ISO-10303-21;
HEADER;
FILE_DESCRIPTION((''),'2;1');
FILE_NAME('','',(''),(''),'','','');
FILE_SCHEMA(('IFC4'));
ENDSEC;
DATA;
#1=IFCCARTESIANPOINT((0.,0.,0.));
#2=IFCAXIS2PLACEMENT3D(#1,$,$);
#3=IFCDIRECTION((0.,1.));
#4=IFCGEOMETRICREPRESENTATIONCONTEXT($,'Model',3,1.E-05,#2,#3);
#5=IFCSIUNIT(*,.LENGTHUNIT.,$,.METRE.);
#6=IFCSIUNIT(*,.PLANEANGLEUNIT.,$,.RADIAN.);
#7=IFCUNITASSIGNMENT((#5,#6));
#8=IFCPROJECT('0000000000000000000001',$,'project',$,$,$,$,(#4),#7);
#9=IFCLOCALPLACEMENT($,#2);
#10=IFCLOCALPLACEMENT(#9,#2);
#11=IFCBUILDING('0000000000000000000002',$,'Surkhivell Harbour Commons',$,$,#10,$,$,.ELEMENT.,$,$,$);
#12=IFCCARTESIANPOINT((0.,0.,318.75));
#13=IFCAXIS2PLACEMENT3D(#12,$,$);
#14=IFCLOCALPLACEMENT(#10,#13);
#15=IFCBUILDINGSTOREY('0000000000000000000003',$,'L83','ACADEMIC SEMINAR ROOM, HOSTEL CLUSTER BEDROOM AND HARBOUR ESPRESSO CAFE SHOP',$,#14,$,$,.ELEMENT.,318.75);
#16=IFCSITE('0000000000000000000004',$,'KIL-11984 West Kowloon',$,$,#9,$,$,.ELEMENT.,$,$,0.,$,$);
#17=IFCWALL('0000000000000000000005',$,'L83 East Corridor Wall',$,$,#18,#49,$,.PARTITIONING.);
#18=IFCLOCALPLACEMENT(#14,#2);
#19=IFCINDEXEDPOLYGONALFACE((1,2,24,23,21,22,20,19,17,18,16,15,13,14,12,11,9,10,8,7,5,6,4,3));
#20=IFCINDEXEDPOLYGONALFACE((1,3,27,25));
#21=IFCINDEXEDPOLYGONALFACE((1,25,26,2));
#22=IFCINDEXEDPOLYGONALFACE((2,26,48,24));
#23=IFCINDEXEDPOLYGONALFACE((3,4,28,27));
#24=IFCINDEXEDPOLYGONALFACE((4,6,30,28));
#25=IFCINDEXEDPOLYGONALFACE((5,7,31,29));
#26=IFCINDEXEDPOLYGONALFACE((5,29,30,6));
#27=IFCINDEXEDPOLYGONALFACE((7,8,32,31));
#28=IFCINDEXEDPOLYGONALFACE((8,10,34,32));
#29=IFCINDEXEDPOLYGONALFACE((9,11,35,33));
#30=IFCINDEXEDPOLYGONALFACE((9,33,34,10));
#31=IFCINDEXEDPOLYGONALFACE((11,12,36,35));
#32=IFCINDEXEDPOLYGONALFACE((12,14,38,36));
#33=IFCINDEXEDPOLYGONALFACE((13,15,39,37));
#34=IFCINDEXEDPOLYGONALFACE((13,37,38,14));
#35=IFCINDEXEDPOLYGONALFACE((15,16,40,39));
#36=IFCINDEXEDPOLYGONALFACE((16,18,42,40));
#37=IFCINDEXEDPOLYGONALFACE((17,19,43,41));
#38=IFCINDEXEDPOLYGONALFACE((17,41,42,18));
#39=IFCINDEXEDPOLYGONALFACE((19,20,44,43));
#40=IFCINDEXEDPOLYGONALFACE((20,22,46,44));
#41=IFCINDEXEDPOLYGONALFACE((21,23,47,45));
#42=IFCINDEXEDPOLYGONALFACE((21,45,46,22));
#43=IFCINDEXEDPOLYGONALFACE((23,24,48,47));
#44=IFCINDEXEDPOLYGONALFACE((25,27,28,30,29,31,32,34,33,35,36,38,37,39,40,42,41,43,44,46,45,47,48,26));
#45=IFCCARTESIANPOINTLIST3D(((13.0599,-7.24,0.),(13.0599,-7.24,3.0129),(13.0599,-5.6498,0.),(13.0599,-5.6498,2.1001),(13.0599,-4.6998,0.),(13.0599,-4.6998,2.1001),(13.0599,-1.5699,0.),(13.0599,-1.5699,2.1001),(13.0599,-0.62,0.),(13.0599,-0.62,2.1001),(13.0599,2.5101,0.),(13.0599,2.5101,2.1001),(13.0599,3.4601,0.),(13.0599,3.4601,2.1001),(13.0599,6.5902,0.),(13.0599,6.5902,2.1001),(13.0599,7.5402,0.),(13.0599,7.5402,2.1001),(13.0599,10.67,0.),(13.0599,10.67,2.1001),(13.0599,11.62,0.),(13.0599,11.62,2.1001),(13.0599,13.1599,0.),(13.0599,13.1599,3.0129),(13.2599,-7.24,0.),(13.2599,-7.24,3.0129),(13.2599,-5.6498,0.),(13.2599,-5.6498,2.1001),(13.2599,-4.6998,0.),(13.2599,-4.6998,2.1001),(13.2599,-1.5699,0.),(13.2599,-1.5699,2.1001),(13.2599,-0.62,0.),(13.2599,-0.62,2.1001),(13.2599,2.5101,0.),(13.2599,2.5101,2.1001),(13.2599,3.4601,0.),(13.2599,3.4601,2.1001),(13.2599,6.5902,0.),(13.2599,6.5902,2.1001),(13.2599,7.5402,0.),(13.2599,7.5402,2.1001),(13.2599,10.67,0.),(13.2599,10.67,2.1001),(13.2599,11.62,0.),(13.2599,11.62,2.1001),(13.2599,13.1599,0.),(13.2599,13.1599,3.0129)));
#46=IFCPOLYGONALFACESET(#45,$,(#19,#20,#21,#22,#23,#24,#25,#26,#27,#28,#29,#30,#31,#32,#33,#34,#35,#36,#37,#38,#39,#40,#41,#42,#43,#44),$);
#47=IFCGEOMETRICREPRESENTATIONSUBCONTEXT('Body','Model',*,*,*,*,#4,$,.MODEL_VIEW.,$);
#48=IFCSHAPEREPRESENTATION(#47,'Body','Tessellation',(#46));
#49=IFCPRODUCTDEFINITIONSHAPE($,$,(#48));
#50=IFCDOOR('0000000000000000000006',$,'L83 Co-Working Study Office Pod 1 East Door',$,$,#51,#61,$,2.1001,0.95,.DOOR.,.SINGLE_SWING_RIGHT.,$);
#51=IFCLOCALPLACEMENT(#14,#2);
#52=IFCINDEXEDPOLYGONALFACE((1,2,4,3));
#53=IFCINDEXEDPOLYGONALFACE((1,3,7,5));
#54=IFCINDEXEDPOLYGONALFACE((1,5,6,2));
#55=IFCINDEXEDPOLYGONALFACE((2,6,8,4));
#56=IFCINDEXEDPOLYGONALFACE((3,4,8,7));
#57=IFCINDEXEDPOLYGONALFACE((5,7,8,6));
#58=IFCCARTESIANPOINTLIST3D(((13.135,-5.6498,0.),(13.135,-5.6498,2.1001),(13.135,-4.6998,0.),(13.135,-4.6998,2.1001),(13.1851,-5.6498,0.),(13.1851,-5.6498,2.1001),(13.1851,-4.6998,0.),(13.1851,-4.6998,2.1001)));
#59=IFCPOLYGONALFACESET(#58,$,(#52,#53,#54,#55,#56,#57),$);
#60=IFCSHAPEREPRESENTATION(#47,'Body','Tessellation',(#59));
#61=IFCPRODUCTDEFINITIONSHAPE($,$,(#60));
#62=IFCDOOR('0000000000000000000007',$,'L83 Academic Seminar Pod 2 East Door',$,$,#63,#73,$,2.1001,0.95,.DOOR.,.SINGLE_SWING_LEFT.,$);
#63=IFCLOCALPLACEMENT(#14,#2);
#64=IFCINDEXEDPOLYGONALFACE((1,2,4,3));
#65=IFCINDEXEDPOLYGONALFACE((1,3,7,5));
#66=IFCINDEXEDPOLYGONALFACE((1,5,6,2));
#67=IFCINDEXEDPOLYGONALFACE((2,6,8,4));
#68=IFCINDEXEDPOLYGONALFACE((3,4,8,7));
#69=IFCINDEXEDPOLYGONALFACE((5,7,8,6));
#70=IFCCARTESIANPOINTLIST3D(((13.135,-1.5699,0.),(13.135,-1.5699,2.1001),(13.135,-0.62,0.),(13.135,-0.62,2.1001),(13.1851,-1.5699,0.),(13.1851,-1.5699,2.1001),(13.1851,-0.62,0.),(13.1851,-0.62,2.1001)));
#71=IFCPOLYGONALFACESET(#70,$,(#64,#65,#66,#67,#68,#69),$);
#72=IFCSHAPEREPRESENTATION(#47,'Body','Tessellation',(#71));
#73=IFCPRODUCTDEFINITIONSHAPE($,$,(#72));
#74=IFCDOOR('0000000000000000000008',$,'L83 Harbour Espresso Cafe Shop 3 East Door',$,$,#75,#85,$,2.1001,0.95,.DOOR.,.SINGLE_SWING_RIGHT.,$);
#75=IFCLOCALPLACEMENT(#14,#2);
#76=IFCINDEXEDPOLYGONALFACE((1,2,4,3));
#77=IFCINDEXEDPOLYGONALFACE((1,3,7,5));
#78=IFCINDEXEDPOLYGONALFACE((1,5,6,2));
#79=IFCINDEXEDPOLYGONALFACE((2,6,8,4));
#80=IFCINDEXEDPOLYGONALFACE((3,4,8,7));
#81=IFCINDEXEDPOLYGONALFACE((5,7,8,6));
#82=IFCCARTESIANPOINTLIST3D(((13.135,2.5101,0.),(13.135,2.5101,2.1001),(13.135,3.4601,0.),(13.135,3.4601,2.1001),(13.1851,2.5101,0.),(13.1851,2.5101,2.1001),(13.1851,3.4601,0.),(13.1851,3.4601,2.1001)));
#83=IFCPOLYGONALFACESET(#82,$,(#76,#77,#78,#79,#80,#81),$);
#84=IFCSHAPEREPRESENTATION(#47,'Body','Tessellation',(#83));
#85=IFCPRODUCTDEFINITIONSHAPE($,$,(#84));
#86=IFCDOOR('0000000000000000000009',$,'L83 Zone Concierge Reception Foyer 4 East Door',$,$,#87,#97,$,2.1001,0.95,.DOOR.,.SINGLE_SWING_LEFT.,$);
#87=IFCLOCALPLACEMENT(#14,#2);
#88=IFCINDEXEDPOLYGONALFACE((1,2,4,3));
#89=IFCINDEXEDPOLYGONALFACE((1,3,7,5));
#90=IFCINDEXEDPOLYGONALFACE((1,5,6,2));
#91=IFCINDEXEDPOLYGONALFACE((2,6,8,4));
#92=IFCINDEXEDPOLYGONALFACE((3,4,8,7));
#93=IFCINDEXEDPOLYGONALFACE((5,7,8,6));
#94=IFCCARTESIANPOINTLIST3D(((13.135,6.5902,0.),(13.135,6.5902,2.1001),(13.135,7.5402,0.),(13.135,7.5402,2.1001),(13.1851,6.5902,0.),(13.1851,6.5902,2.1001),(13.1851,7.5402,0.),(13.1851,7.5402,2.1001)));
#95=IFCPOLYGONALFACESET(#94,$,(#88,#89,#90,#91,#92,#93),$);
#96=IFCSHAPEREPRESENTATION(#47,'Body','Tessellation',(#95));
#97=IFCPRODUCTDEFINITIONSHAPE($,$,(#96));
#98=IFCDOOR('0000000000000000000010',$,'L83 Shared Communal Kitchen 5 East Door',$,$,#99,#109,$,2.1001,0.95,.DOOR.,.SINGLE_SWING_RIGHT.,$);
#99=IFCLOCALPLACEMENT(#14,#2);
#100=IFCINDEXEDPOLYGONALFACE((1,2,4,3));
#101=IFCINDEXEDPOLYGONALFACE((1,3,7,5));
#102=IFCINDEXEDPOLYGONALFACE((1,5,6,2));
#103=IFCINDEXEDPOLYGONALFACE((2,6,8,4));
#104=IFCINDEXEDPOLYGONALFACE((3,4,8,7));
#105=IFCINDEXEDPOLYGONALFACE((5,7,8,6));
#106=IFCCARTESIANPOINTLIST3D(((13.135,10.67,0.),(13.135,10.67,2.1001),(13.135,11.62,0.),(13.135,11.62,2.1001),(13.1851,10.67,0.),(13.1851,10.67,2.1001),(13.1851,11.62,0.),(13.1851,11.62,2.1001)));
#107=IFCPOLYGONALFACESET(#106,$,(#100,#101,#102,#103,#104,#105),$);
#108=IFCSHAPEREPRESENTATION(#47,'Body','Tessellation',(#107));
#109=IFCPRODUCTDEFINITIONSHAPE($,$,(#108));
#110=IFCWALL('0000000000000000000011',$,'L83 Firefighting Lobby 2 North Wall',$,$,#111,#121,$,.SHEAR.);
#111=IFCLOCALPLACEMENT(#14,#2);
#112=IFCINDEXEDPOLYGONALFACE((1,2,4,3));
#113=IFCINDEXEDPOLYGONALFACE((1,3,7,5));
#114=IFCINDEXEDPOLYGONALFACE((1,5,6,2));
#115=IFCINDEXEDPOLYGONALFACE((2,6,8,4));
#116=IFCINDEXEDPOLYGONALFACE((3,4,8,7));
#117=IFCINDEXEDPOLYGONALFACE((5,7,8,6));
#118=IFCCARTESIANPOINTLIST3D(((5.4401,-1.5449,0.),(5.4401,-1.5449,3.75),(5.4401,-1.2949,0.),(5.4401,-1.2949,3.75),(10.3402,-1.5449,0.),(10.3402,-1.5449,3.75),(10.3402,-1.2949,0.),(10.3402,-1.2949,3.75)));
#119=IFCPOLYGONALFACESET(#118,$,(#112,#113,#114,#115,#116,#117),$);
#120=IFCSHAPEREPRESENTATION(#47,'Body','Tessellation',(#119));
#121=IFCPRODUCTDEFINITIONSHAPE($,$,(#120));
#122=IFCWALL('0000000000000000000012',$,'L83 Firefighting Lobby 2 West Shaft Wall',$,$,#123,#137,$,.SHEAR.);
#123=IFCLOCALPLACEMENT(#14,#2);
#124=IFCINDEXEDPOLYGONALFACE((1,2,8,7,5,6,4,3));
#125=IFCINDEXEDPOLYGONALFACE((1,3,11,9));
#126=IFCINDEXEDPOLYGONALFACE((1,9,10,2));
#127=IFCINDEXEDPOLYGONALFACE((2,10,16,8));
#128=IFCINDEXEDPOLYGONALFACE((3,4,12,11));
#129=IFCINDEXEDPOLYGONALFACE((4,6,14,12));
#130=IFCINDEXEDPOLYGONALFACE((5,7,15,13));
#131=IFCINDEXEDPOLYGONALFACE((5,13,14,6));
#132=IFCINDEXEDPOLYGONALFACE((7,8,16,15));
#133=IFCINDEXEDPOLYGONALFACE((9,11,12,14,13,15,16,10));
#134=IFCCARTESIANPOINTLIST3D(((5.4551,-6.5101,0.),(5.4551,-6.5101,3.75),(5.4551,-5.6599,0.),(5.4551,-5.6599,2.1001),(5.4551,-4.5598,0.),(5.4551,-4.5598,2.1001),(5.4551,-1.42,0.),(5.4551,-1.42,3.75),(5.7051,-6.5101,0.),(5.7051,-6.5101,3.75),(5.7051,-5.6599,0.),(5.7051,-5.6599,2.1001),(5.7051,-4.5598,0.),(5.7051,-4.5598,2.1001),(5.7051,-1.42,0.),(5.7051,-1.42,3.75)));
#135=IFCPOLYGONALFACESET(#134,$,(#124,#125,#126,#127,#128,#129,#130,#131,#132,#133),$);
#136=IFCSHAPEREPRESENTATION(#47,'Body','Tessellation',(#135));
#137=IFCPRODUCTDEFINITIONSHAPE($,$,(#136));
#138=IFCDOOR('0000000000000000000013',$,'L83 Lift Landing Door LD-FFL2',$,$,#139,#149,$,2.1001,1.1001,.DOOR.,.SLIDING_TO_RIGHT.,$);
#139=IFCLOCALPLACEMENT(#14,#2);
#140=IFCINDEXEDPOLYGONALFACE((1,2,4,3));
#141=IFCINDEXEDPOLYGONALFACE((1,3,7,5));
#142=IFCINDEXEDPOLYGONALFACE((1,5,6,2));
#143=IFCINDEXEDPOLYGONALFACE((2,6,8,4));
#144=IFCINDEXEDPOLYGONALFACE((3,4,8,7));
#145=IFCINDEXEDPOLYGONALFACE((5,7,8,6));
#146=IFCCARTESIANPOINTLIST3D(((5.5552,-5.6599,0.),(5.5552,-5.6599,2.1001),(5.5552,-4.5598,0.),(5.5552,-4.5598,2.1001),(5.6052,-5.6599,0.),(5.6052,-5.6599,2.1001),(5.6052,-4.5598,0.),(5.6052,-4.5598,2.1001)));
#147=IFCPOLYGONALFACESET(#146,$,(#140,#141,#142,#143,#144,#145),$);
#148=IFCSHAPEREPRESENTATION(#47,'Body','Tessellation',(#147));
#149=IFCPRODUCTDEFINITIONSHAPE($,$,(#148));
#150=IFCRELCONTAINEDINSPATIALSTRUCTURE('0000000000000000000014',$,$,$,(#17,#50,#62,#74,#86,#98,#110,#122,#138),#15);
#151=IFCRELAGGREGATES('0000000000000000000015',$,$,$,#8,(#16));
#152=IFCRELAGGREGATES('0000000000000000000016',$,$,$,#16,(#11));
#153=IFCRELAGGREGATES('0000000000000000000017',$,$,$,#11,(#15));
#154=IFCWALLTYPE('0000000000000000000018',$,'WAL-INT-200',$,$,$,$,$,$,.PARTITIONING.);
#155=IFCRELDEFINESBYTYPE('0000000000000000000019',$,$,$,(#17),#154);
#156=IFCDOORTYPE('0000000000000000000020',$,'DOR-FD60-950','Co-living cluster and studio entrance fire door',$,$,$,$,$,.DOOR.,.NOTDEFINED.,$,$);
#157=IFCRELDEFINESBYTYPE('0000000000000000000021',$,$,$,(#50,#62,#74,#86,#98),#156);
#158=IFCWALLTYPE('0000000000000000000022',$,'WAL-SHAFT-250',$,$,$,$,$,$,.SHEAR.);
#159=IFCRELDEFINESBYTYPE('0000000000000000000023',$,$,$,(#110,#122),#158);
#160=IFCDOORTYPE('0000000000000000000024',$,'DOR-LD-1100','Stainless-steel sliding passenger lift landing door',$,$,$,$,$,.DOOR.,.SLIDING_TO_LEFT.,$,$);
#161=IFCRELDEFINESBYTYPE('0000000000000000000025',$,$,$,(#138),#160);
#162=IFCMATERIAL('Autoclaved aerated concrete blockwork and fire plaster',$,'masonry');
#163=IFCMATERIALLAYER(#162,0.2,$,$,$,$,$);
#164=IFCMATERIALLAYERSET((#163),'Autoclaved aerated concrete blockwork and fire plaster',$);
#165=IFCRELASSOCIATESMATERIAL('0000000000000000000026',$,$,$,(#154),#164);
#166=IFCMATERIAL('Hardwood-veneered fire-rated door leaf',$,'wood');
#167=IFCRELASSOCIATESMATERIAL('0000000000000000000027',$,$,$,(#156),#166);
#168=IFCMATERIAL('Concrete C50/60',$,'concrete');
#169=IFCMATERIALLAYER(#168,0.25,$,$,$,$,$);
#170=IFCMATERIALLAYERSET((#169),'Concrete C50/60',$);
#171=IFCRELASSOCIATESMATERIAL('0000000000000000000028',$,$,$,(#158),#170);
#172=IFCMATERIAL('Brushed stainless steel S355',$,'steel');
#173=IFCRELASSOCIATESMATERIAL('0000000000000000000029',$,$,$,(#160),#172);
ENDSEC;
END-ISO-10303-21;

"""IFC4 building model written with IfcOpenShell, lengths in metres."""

from ifc_helpers import new_model, si_unit, direction, frame, frame_2d, origin, place, context, subcontext, project, spatial, rectangle, extrude, material, layer, layer_set, type_object, element, fill, save


model = new_model("IFC4")

# Units and contexts
model_context = context("Model", 3, precision=1e-05, world=origin(), true_north=direction((0.0, 1.0)))
body_context = subcontext(model_context, "Body", "Model", "MODEL_VIEW")
ifc_project = project(units=[si_unit("LENGTHUNIT", "METRE"), si_unit("PLANEANGLEUNIT", "RADIAN")], contexts=[model_context])

# Site, building, storey
site_placement = place(None, origin())
site = spatial("IfcSite", under=ifc_project, at=site_placement, Name="KIL-11984 West Kowloon", CompositionType="ELEMENT", RefElevation=0.0)
building_placement = place(site_placement, origin())
building = spatial("IfcBuilding", under=site, at=building_placement, Name="Surkhivell Harbour Commons", CompositionType="ELEMENT")
storey_placement = place(building_placement, frame((0.0, 0.0, 318.75)))
storey = spatial("IfcBuildingStorey", under=building, at=storey_placement, Name="L83", Description="ACADEMIC SEMINAR ROOM, HOSTEL CLUSTER BEDROOM AND HARBOUR ESPRESSO CAFE SHOP", CompositionType="ELEMENT", Elevation=318.75)

# Shared definitions
ifc_material_1 = material(Name="Concrete C50/60", Category="concrete")
ifc_material_2 = material(Name="Hardwood-veneered fire-rated door leaf", Category="wood")

# Wall, openings, doors
ifc_material_3 = material(Name="Autoclaved aerated concrete blockwork and fire plaster", Category="masonry")
ifc_layer_1 = layer(ifc_material_3, 0.2)
ifc_layer_set_1 = layer_set([ifc_layer_1], Name="Autoclaved aerated concrete blockwork and fire plaster")
wall_type_1 = type_object("IfcWallType", Name="WAL-INT-200", PredefinedType="PARTITIONING", material=ifc_layer_set_1)
wall_1_placement = place(storey_placement, frame((13.1599, -7.24, 0.0), z_axis=(0.0, 0.0, 1.0), x_axis=(0.0, 1.0, 0.0)))
wall_1 = element("IfcWall", 1, at=wall_1_placement, inside=storey, type_object=wall_type_1, Name="L83 East Corridor Wall", PredefinedType="PARTITIONING", context=body_context, shape_type="SweptSolid", body=[
    extrude(rectangle(XDim=20.3999, YDim=0.2, at=frame_2d((10.2, 0.0))), origin(), (0.0, 0.0, 1.0), 3.0129),
])
opening_1_placement = place(wall_1_placement, frame((1.5901, 0.0, 0.0)))
opening_1 = element("IfcOpeningElement", 2, at=opening_1_placement, cuts=wall_1, PredefinedType="OPENING", context=body_context, shape_type="SweptSolid", body=[
    extrude(rectangle(XDim=0.95, YDim=2.1001, at=frame_2d((0.4751, 1.05))), frame((0.0, 0.1099, 0.0), z_axis=(0.0, -1.0, 0.0), x_axis=(1.0, 0.0, 0.0)), (0.0, 0.0, 1.0), 0.22),
])
opening_2_placement = place(wall_1_placement, frame((5.6699, 0.0, 0.0)))
opening_2 = element("IfcOpeningElement", 3, at=opening_2_placement, cuts=wall_1, PredefinedType="OPENING", context=body_context, shape_type="SweptSolid", body=[
    extrude(rectangle(XDim=0.95, YDim=2.1001, at=frame_2d((0.4751, 1.05))), frame((0.0, 0.1099, 0.0), z_axis=(0.0, -1.0, 0.0), x_axis=(1.0, 0.0, 0.0)), (0.0, 0.0, 1.0), 0.22),
])
opening_3_placement = place(wall_1_placement, frame((9.75, 0.0, 0.0)))
opening_3 = element("IfcOpeningElement", 4, at=opening_3_placement, cuts=wall_1, PredefinedType="OPENING", context=body_context, shape_type="SweptSolid", body=[
    extrude(rectangle(XDim=0.95, YDim=2.1001, at=frame_2d((0.4751, 1.05))), frame((0.0, 0.1099, 0.0), z_axis=(0.0, -1.0, 0.0), x_axis=(1.0, 0.0, 0.0)), (0.0, 0.0, 1.0), 0.22),
])
opening_4_placement = place(wall_1_placement, frame((13.8301, 0.0, 0.0)))
opening_4 = element("IfcOpeningElement", 5, at=opening_4_placement, cuts=wall_1, PredefinedType="OPENING", context=body_context, shape_type="SweptSolid", body=[
    extrude(rectangle(XDim=0.95, YDim=2.1001, at=frame_2d((0.4751, 1.05))), frame((0.0, 0.1099, 0.0), z_axis=(0.0, -1.0, 0.0), x_axis=(1.0, 0.0, 0.0)), (0.0, 0.0, 1.0), 0.22),
])
opening_5_placement = place(wall_1_placement, frame((17.9099, 0.0, 0.0)))
opening_5 = element("IfcOpeningElement", 6, at=opening_5_placement, cuts=wall_1, PredefinedType="OPENING", context=body_context, shape_type="SweptSolid", body=[
    extrude(rectangle(XDim=0.95, YDim=2.1001, at=frame_2d((0.4751, 1.05))), frame((0.0, 0.1099, 0.0), z_axis=(0.0, -1.0, 0.0), x_axis=(1.0, 0.0, 0.0)), (0.0, 0.0, 1.0), 0.22),
])
door_type_1 = type_object("IfcDoorType", Name="DOR-FD60-950", Description="Co-living cluster and studio entrance fire door", OperationType="NOTDEFINED", PredefinedType="DOOR", material=ifc_material_2)
door_1_placement = place(opening_1_placement, origin())
door_1 = element("IfcDoor", 7, at=door_1_placement, inside=storey, type_object=door_type_1, Name="L83 Co-Working Study Office Pod 1 East Door", OperationType="SINGLE_SWING_RIGHT", OverallHeight=2.1001, OverallWidth=0.95, PredefinedType="DOOR", context=body_context, shape_type="SweptSolid", body=[
    extrude(rectangle(XDim=0.95, YDim=2.1001, at=frame_2d((0.4751, 1.05))), frame((0.0, 0.0249, 0.0), z_axis=(0.0, -1.0, 0.0), x_axis=(1.0, 0.0, 0.0)), (0.0, 0.0, 1.0), 0.05),
])
fill(opening_1, door_1)
door_2_placement = place(opening_2_placement, origin())
door_2 = element("IfcDoor", 8, at=door_2_placement, inside=storey, type_object=door_type_1, Name="L83 Academic Seminar Pod 2 East Door", OperationType="SINGLE_SWING_LEFT", OverallHeight=2.1001, OverallWidth=0.95, PredefinedType="DOOR", context=body_context, shape_type="SweptSolid", body=[
    extrude(rectangle(XDim=0.95, YDim=2.1001, at=frame_2d((0.4751, 1.05))), frame((0.0, 0.0249, 0.0), z_axis=(0.0, -1.0, 0.0), x_axis=(1.0, 0.0, 0.0)), (0.0, 0.0, 1.0), 0.05),
])
fill(opening_2, door_2)
door_3_placement = place(opening_3_placement, origin())
door_3 = element("IfcDoor", 9, at=door_3_placement, inside=storey, type_object=door_type_1, Name="L83 Harbour Espresso Cafe Shop 3 East Door", OperationType="SINGLE_SWING_RIGHT", OverallHeight=2.1001, OverallWidth=0.95, PredefinedType="DOOR", context=body_context, shape_type="SweptSolid", body=[
    extrude(rectangle(XDim=0.95, YDim=2.1001, at=frame_2d((0.4751, 1.05))), frame((0.0, 0.0249, 0.0), z_axis=(0.0, -1.0, 0.0), x_axis=(1.0, 0.0, 0.0)), (0.0, 0.0, 1.0), 0.05),
])
fill(opening_3, door_3)
door_4_placement = place(opening_4_placement, origin())
door_4 = element("IfcDoor", 10, at=door_4_placement, inside=storey, type_object=door_type_1, Name="L83 Zone Concierge Reception Foyer 4 East Door", OperationType="SINGLE_SWING_LEFT", OverallHeight=2.1001, OverallWidth=0.95, PredefinedType="DOOR", context=body_context, shape_type="SweptSolid", body=[
    extrude(rectangle(XDim=0.95, YDim=2.1001, at=frame_2d((0.4751, 1.05))), frame((0.0, 0.0249, 0.0), z_axis=(0.0, -1.0, 0.0), x_axis=(1.0, 0.0, 0.0)), (0.0, 0.0, 1.0), 0.05),
])
fill(opening_4, door_4)
door_5_placement = place(opening_5_placement, origin())
door_5 = element("IfcDoor", 11, at=door_5_placement, inside=storey, type_object=door_type_1, Name="L83 Shared Communal Kitchen 5 East Door", OperationType="SINGLE_SWING_RIGHT", OverallHeight=2.1001, OverallWidth=0.95, PredefinedType="DOOR", context=body_context, shape_type="SweptSolid", body=[
    extrude(rectangle(XDim=0.95, YDim=2.1001, at=frame_2d((0.4751, 1.05))), frame((0.0, 0.0249, 0.0), z_axis=(0.0, -1.0, 0.0), x_axis=(1.0, 0.0, 0.0)), (0.0, 0.0, 1.0), 0.05),
])
fill(opening_5, door_5)

# Wall
ifc_layer_2 = layer(ifc_material_1, 0.25)
ifc_layer_set_2 = layer_set([ifc_layer_2], Name="Concrete C50/60")
wall_type_2 = type_object("IfcWallType", Name="WAL-SHAFT-250", PredefinedType="SHEAR", material=ifc_layer_set_2)
wall_2_placement = place(storey_placement, frame((5.4399, -1.4199, 0.0), z_axis=(0.0, 0.0, 1.0), x_axis=(1.0, 0.0, 0.0)))
element("IfcWall", 12, at=wall_2_placement, inside=storey, type_object=wall_type_2, Name="L83 Firefighting Lobby 2 North Wall", PredefinedType="SHEAR", context=body_context, shape_type="SweptSolid", body=[
    extrude(rectangle(XDim=4.9001, YDim=0.25, at=frame_2d((2.4502, 0.0))), origin(), (0.0, 0.0, 1.0), 3.75),
])

# Wall, opening, door
wall_3_placement = place(storey_placement, frame((5.5801, -6.51, 0.0), z_axis=(0.0, 0.0, 1.0), x_axis=(0.0, 1.0, 0.0)))
wall_3 = element("IfcWall", 13, at=wall_3_placement, inside=storey, type_object=wall_type_2, Name="L83 Firefighting Lobby 2 West Shaft Wall", PredefinedType="SHEAR", context=body_context, shape_type="SweptSolid", body=[
    extrude(rectangle(XDim=5.0901, YDim=0.25, at=frame_2d((2.5449, 0.0))), origin(), (0.0, 0.0, 1.0), 3.75),
])
opening_6_placement = place(wall_3_placement, frame((0.8501, 0.0, 0.0)))
opening_6 = element("IfcOpeningElement", 14, at=opening_6_placement, cuts=wall_3, PredefinedType="OPENING", context=body_context, shape_type="SweptSolid", body=[
    extrude(rectangle(XDim=1.1001, YDim=2.1001, at=frame_2d((0.55, 1.05))), frame((0.0, 0.135, 0.0), z_axis=(0.0, -1.0, 0.0), x_axis=(1.0, 0.0, 0.0)), (0.0, 0.0, 1.0), 0.27),
])
ifc_material_4 = material(Name="Brushed stainless steel S355", Category="steel")
door_type_2 = type_object("IfcDoorType", Name="DOR-LD-1100", Description="Stainless-steel sliding passenger lift landing door", OperationType="SLIDING_TO_LEFT", PredefinedType="DOOR", material=ifc_material_4)
door_6_placement = place(opening_6_placement, origin())
door_6 = element("IfcDoor", 15, at=door_6_placement, inside=storey, type_object=door_type_2, Name="L83 Lift Landing Door LD-FFL2", OperationType="SLIDING_TO_RIGHT", OverallHeight=2.1001, OverallWidth=1.1001, PredefinedType="DOOR", context=body_context, shape_type="SweptSolid", body=[
    extrude(rectangle(XDim=1.1001, YDim=2.1001, at=frame_2d((0.55, 1.05))), frame((0.0, 0.0249, 0.0), z_axis=(0.0, -1.0, 0.0), x_axis=(1.0, 0.0, 0.0)), (0.0, 0.0, 1.0), 0.05),
])
fill(opening_6, door_6)

save(model, "model.ifc")
